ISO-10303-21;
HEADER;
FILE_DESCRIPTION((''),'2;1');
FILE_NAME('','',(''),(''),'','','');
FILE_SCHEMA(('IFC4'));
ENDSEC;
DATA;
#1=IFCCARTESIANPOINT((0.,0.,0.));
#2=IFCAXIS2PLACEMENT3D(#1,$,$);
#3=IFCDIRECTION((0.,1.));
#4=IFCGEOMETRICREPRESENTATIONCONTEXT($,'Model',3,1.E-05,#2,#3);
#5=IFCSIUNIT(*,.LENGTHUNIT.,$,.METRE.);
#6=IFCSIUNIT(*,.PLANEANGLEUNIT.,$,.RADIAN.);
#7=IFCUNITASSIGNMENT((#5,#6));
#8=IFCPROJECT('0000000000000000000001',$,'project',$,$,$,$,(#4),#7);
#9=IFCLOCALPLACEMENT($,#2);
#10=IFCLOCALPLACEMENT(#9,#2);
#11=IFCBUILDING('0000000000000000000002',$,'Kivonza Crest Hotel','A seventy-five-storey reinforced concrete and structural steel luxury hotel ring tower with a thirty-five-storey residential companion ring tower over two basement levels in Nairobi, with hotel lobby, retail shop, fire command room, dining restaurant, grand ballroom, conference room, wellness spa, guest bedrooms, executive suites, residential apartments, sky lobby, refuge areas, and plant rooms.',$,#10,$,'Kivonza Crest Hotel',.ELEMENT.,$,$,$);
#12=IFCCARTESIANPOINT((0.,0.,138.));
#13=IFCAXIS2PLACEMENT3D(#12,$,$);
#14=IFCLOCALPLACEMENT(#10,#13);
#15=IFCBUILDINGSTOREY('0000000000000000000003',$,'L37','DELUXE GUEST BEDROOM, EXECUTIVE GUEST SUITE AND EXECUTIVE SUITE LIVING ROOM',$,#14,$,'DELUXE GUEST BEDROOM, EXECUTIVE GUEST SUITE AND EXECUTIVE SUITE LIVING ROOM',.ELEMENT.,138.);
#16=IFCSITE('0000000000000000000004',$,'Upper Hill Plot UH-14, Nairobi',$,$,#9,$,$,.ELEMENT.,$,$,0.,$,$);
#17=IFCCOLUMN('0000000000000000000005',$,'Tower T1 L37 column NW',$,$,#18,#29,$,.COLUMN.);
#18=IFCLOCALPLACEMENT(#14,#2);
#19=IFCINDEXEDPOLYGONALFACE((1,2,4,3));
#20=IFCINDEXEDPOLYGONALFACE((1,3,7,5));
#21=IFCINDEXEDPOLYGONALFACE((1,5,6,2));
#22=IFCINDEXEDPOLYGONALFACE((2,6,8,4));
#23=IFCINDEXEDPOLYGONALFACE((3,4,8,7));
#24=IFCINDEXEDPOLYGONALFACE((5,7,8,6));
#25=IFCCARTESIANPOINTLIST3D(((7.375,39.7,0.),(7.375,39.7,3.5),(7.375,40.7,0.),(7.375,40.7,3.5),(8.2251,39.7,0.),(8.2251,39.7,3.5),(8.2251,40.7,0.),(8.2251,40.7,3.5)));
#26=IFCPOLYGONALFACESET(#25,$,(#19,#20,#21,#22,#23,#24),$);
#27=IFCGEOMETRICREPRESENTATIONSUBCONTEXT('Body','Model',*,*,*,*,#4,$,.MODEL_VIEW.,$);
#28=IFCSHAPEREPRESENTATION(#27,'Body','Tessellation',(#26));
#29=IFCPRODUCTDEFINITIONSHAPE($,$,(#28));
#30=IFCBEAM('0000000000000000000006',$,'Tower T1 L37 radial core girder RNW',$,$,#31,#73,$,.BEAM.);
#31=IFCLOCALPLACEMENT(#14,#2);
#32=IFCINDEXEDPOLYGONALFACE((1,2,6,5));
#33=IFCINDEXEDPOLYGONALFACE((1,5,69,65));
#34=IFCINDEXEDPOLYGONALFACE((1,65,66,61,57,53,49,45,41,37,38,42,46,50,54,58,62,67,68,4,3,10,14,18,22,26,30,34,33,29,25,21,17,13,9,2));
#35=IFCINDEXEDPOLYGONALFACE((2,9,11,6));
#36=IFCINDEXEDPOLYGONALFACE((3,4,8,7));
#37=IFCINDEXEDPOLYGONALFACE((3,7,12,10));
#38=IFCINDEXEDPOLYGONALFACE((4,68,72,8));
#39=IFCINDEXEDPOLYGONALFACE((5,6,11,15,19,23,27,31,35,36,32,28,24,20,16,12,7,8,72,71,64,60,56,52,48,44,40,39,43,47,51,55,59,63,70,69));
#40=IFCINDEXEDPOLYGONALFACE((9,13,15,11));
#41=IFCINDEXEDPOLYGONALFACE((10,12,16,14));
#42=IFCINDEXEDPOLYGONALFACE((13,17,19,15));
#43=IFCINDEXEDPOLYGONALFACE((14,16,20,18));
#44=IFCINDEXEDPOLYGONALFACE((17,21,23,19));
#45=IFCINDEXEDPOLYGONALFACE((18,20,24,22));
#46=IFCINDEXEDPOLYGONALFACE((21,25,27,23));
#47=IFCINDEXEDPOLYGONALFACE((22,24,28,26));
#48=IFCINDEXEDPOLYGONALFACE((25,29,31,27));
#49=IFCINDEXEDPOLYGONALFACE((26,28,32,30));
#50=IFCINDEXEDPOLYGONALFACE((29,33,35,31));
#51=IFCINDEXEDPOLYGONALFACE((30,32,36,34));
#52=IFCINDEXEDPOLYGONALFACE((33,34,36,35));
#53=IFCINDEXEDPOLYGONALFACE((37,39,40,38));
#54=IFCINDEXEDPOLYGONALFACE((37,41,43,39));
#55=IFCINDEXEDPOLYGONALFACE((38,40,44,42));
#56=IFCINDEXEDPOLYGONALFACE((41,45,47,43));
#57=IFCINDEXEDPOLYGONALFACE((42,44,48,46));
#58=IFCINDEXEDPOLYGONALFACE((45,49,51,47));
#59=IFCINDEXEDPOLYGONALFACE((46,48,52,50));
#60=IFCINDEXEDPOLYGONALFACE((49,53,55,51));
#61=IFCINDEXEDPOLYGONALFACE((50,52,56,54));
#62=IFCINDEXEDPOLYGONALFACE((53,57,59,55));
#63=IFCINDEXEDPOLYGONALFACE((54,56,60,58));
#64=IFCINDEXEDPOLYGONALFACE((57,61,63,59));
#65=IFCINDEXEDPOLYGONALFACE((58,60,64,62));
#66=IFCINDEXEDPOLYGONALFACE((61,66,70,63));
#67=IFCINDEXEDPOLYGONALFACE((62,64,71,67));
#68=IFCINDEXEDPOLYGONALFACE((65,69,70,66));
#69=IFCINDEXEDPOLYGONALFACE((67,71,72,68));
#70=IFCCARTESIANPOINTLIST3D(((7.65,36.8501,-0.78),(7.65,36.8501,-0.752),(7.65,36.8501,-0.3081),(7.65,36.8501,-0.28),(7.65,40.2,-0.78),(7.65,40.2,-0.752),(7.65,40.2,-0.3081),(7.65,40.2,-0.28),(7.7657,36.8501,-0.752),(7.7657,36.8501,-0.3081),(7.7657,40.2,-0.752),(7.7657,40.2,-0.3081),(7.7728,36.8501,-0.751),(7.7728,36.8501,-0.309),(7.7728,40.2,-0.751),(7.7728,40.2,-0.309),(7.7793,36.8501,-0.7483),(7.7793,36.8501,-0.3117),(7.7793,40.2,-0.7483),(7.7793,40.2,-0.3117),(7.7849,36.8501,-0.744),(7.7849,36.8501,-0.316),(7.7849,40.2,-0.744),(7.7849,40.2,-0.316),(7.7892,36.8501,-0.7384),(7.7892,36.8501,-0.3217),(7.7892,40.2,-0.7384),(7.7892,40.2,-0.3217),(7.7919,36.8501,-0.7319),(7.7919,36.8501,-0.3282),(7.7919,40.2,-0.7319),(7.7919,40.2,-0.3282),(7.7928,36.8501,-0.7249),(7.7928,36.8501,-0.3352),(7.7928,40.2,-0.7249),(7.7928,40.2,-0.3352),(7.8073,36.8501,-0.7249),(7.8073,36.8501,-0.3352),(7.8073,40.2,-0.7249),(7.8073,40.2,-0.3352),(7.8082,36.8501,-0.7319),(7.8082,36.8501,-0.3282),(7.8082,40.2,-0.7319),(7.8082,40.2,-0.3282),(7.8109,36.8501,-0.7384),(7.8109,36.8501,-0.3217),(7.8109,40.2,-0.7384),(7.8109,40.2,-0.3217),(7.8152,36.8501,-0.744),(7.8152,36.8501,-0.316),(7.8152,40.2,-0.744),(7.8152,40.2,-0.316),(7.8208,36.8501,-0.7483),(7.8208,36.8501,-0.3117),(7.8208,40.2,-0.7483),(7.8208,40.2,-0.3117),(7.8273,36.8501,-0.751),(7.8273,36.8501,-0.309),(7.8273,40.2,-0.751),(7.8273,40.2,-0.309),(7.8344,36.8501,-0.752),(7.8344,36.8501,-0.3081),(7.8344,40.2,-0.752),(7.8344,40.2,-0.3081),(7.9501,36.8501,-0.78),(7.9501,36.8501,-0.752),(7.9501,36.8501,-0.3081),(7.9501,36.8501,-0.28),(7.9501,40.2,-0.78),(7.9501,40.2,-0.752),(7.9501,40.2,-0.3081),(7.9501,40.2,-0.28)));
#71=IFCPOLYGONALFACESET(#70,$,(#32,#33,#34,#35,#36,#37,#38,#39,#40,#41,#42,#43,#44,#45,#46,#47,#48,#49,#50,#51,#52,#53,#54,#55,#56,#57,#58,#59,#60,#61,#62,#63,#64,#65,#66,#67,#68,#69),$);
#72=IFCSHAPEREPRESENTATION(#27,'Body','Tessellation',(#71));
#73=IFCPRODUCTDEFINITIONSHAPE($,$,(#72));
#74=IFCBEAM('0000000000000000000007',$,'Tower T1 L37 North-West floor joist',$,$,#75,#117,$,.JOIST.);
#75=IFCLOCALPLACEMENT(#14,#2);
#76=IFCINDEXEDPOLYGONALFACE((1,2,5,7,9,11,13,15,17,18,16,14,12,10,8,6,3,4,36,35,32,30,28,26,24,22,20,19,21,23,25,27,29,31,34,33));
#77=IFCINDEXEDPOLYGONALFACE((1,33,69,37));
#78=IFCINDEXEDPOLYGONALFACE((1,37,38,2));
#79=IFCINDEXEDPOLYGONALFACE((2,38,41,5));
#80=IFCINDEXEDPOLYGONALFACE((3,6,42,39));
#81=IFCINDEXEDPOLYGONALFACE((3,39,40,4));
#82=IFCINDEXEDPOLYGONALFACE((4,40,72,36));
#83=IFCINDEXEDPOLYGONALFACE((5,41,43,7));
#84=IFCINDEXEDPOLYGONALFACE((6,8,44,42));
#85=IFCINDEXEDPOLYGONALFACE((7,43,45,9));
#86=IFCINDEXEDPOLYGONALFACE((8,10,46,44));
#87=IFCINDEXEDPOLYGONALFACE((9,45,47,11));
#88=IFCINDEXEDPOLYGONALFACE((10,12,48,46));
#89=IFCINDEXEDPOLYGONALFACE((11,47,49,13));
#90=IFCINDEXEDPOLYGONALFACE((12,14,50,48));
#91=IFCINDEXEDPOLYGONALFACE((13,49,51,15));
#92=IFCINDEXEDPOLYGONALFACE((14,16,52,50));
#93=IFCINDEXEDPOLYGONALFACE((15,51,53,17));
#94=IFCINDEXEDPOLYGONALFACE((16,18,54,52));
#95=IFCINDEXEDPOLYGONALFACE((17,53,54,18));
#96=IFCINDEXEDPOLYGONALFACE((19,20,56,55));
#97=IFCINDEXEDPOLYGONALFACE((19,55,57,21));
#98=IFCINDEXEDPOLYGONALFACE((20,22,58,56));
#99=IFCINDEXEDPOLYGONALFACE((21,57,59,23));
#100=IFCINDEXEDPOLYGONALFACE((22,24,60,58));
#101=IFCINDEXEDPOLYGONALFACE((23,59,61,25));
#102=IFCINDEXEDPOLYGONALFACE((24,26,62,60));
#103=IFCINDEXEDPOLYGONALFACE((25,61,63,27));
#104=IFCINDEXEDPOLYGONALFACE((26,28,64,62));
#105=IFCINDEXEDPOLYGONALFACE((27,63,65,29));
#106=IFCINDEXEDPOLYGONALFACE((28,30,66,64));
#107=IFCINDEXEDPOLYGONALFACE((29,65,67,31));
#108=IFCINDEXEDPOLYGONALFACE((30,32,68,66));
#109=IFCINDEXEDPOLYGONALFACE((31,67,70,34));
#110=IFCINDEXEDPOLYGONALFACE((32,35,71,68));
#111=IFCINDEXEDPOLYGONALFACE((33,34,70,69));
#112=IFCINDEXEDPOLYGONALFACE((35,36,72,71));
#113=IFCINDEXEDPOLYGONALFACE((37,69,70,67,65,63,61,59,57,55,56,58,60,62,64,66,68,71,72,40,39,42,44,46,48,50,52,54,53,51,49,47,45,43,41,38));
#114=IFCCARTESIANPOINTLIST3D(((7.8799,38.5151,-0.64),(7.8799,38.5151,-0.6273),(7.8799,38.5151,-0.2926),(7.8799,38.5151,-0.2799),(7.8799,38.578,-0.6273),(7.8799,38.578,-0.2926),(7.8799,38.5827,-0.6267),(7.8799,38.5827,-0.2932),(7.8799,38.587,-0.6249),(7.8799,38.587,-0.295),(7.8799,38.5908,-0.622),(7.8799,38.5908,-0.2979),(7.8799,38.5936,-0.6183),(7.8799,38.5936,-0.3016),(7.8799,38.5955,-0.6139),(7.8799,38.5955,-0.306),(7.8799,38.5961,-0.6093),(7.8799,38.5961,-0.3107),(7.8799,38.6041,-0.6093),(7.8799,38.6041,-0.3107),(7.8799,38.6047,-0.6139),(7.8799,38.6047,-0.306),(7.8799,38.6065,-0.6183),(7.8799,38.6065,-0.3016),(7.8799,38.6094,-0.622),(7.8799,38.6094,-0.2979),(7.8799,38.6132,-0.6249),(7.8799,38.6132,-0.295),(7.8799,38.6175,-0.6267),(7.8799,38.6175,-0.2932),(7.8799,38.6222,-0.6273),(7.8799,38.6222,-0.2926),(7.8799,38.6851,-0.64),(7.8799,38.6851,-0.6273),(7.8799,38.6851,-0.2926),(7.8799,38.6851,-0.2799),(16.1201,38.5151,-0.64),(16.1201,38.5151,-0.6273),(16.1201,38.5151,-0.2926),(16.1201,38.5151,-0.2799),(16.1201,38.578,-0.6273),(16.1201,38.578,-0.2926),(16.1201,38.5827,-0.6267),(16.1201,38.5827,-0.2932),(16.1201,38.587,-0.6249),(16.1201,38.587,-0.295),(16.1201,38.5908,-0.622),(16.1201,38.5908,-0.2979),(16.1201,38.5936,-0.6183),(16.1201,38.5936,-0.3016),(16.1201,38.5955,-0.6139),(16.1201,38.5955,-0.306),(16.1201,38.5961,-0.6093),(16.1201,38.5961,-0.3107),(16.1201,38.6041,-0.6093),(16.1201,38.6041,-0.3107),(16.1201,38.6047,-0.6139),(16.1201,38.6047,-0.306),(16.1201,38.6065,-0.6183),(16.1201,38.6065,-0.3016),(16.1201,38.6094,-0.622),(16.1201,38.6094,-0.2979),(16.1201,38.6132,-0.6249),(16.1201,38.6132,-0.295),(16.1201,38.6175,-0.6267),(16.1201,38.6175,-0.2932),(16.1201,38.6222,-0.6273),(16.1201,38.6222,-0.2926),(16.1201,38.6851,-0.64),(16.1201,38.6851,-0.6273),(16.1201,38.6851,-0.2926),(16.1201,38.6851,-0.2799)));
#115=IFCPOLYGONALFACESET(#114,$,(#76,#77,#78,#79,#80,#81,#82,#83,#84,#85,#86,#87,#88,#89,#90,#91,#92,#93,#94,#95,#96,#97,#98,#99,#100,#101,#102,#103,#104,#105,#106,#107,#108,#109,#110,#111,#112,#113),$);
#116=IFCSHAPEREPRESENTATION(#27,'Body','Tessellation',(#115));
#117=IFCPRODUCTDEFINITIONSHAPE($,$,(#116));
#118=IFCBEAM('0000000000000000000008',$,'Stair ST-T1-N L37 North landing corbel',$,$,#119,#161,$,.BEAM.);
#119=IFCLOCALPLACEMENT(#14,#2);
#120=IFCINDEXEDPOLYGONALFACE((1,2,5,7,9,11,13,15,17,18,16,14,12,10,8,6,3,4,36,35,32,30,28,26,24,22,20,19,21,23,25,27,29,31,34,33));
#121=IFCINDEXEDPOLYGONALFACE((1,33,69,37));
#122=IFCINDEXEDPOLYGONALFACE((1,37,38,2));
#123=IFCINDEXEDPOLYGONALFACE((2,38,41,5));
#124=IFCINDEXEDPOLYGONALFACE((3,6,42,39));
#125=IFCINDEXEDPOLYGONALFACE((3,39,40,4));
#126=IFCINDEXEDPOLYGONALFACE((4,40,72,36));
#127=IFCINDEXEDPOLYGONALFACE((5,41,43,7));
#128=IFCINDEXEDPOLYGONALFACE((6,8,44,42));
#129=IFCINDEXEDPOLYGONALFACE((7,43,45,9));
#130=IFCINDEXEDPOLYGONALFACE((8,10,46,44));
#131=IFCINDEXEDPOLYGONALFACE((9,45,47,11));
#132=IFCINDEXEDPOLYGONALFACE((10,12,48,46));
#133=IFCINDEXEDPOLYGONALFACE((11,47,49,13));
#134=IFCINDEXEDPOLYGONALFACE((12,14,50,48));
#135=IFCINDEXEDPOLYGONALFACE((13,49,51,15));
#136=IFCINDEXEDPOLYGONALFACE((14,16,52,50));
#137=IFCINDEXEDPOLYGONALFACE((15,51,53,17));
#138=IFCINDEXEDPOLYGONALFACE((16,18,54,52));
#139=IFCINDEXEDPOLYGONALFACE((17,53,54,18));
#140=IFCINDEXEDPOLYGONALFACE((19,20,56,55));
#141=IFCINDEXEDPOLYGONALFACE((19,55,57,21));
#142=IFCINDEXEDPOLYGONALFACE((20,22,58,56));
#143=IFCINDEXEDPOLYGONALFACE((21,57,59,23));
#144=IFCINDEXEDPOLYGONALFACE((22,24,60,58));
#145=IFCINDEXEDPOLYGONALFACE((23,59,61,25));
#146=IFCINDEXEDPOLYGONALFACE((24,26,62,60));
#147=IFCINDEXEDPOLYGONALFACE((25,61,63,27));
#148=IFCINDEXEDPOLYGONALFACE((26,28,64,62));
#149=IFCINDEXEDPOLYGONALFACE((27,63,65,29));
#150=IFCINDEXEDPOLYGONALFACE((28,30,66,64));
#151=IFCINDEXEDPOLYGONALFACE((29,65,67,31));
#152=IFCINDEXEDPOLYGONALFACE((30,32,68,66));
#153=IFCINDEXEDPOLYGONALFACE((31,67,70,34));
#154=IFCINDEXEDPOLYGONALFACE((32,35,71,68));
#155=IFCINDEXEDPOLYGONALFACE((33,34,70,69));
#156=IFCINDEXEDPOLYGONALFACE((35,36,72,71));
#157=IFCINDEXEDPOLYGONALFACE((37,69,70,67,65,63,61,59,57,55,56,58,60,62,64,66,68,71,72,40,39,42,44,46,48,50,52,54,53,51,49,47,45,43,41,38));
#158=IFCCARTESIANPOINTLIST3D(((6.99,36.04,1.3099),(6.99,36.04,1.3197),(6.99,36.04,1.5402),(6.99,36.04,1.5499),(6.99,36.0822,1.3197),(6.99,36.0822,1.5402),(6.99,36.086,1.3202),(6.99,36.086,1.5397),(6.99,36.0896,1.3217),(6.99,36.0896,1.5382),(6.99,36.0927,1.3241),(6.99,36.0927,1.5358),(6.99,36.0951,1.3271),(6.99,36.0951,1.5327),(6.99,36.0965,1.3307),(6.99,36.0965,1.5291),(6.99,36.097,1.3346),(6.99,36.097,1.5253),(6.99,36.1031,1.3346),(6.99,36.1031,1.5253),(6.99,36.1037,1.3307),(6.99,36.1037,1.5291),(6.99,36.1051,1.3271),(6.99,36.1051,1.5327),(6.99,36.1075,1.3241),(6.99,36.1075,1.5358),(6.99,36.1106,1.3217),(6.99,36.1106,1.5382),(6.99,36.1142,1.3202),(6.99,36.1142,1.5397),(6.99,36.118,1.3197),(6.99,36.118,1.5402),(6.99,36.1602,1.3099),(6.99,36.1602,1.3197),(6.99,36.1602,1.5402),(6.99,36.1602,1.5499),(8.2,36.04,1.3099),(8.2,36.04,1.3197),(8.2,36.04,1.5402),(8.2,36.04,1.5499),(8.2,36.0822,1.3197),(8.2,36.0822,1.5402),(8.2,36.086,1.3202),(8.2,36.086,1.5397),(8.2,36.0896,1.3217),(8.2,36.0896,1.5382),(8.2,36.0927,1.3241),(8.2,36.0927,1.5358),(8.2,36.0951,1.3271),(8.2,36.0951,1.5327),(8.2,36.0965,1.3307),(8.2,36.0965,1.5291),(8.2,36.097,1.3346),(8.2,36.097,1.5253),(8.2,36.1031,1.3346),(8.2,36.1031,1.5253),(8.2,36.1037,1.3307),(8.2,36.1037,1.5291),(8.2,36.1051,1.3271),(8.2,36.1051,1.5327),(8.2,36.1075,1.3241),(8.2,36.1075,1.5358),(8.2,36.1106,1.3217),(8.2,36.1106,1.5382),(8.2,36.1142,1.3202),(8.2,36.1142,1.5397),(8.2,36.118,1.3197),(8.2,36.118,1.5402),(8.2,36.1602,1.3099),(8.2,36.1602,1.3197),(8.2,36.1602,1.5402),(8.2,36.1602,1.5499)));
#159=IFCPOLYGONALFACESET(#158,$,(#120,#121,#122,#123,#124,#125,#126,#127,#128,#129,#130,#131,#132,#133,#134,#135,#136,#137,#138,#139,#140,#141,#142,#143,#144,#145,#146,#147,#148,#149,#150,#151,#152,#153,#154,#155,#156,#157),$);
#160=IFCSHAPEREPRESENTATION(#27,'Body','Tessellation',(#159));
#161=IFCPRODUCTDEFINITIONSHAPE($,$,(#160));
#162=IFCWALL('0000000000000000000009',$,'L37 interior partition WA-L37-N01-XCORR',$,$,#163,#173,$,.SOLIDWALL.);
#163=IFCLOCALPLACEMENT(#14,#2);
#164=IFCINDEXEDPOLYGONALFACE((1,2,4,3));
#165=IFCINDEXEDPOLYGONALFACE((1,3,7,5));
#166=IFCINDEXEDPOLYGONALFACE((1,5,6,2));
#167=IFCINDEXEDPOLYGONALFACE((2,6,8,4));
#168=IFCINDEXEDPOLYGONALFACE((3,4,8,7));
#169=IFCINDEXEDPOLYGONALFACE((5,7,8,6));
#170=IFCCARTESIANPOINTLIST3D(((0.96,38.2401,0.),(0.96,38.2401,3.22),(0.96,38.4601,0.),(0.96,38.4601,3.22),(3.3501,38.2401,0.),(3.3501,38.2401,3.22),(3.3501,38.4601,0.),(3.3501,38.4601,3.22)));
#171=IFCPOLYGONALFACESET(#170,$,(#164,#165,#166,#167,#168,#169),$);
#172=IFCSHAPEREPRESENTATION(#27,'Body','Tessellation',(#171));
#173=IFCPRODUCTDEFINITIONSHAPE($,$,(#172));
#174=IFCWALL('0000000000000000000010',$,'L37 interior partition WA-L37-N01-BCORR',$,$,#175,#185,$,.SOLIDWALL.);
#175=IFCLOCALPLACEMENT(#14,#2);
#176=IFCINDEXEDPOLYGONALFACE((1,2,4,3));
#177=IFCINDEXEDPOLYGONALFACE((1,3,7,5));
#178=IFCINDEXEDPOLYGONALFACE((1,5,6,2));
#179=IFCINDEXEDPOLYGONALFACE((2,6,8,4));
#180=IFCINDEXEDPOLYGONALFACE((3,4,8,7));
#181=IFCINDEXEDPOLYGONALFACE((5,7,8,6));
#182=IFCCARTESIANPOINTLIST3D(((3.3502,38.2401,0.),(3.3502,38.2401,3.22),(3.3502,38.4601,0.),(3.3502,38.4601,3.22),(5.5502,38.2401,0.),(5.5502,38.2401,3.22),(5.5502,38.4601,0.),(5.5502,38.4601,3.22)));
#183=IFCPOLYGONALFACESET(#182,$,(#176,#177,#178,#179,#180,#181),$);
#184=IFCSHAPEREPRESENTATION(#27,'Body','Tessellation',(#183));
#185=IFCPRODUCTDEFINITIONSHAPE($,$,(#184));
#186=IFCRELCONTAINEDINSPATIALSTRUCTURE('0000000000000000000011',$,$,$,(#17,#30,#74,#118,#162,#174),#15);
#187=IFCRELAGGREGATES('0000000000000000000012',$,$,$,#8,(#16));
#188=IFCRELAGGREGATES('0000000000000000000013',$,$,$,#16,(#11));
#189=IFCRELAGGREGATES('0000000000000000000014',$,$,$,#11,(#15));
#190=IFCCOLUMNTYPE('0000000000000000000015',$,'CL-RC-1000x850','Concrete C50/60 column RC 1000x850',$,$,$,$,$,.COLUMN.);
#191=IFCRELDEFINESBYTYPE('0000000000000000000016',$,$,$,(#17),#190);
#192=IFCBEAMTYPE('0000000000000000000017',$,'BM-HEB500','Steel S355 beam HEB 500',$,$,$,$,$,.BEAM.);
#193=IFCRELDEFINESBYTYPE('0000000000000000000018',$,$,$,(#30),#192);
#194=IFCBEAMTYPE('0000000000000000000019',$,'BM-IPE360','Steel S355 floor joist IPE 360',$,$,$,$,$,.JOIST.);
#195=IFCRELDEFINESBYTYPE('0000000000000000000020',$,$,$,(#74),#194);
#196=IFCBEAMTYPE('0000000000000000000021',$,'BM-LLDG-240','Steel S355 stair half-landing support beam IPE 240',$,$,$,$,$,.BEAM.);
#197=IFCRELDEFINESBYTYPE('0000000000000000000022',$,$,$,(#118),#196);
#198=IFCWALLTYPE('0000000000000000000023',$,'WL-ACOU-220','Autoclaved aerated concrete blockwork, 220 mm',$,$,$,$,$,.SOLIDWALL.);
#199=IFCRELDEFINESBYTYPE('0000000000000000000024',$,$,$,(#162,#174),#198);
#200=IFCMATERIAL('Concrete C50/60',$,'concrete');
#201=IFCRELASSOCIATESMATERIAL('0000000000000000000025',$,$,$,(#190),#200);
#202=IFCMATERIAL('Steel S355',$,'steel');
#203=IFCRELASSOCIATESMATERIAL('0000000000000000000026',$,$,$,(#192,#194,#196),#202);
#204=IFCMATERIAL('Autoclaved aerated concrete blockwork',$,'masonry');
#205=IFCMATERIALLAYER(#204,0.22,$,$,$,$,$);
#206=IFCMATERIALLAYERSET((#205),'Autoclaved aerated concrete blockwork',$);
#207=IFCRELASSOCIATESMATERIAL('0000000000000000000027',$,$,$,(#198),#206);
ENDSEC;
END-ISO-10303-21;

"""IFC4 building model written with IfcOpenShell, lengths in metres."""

from ifc_helpers import new_model, si_unit, direction, frame, frame_2d, origin, origin_2d, place, context, subcontext, project, spatial, rectangle, i_section, extrude, material, layer, layer_set, material_profile, profile_set, type_object, element, save


model = new_model("IFC4")

# Units and contexts
model_context = context("Model", 3, precision=1e-05, world=origin(), true_north=direction((0.0, 1.0)))
body_context = subcontext(model_context, "Body", "Model", "MODEL_VIEW")
ifc_project = project(units=[si_unit("LENGTHUNIT", "METRE"), si_unit("PLANEANGLEUNIT", "RADIAN")], contexts=[model_context])

# Site, building, storey
site_placement = place(None, origin())
site = spatial("IfcSite", under=ifc_project, at=site_placement, Name="Upper Hill Plot UH-14, Nairobi", CompositionType="ELEMENT", RefElevation=0.0)
building_placement = place(site_placement, origin())
building = spatial("IfcBuilding", under=site, at=building_placement, Name="Kivonza Crest Hotel", Description="A seventy-five-storey reinforced concrete and structural steel luxury hotel ring tower with a thirty-five-storey residential companion ring tower over two basement levels in Nairobi, with hotel lobby, retail shop, fire command room, dining restaurant, grand ballroom, conference room, wellness spa, guest bedrooms, executive suites, residential apartments, sky lobby, refuge areas, and plant rooms.", LongName="Kivonza Crest Hotel", CompositionType="ELEMENT")
storey_placement = place(building_placement, frame((0.0, 0.0, 138.0)))
storey = spatial("IfcBuildingStorey", under=building, at=storey_placement, Name="L37", Description="DELUXE GUEST BEDROOM, EXECUTIVE GUEST SUITE AND EXECUTIVE SUITE LIVING ROOM", LongName="DELUXE GUEST BEDROOM, EXECUTIVE GUEST SUITE AND EXECUTIVE SUITE LIVING ROOM", CompositionType="ELEMENT", Elevation=138.0)

# Column
ifc_material_1 = material(Name="Concrete C50/60", Category="concrete")
ifc_material_profile_1 = material_profile(ifc_material_1, rectangle(XDim=0.8501, YDim=1.0, at=origin_2d()), Name="RC 1000x850")
ifc_profile_set_1 = profile_set([ifc_material_profile_1], Name="Concrete C50/60")
column_type = type_object("IfcColumnType", Name="CL-RC-1000x850", Description="Concrete C50/60 column RC 1000x850", PredefinedType="COLUMN", material=ifc_profile_set_1)
column_placement = place(storey_placement, frame((7.8, 40.2, 0.0), z_axis=(0.0, 0.0, 1.0), x_axis=(1.0, 0.0, 0.0)))
element("IfcColumn", 1, at=column_placement, inside=storey, type_object=column_type, Name="Tower T1 L37 column NW", PredefinedType="COLUMN", context=body_context, shape_type="SweptSolid", body=[
    extrude(rectangle(XDim=0.8501, YDim=1.0, at=origin_2d()), origin(), (0.0, 0.0, 1.0), 3.5),
])

# Beams
ifc_material_2 = material(Name="Steel S355", Category="steel")
ifc_material_profile_2 = material_profile(ifc_material_2, i_section(OverallWidth=0.3, OverallDepth=0.5, WebThickness=0.0144, FlangeThickness=0.0281, FilletRadius=0.0271, at=origin_2d()), Name="HEB 500")
ifc_profile_set_2 = profile_set([ifc_material_profile_2], Name="Steel S355")
beam_type_1 = type_object("IfcBeamType", Name="BM-HEB500", Description="Steel S355 beam HEB 500", PredefinedType="BEAM", material=ifc_profile_set_2)
beam_1_placement = place(storey_placement, frame((7.8, 40.2, -0.53), z_axis=(0.0, -1.0, 0.0), x_axis=(1.0, 0.0, 0.0)))
element("IfcBeam", 2, at=beam_1_placement, inside=storey, type_object=beam_type_1, Name="Tower T1 L37 radial core girder RNW", PredefinedType="BEAM", context=body_context, shape_type="SweptSolid", body=[
    extrude(i_section(OverallWidth=0.3, OverallDepth=0.5, WebThickness=0.0144, FlangeThickness=0.0281, FilletRadius=0.0271, at=origin_2d()), origin(), (0.0, 0.0, 1.0), 3.3499),
])
ifc_material_profile_3 = material_profile(ifc_material_2, i_section(OverallWidth=0.1699, OverallDepth=0.3601, WebThickness=0.0081, FlangeThickness=0.0127, FilletRadius=0.0181, at=origin_2d()), Name="IPE 360")
ifc_profile_set_3 = profile_set([ifc_material_profile_3], Name="Steel S355")
beam_type_2 = type_object("IfcBeamType", Name="BM-IPE360", Description="Steel S355 floor joist IPE 360", PredefinedType="JOIST", material=ifc_profile_set_3)
beam_2_placement = place(storey_placement, frame((7.8799, 38.6001, -0.46), z_axis=(1.0, 0.0, 0.0), x_axis=(0.0, 1.0, 0.0)))
element("IfcBeam", 3, at=beam_2_placement, inside=storey, type_object=beam_type_2, Name="Tower T1 L37 North-West floor joist", PredefinedType="JOIST", context=body_context, shape_type="SweptSolid", body=[
    extrude(i_section(OverallWidth=0.1699, OverallDepth=0.3601, WebThickness=0.0081, FlangeThickness=0.0127, FilletRadius=0.0181, at=origin_2d()), origin(), (0.0, 0.0, 1.0), 8.2402),
])
ifc_material_profile_4 = material_profile(ifc_material_2, i_section(OverallWidth=0.1201, OverallDepth=0.24, WebThickness=0.0061, FlangeThickness=0.0098, FilletRadius=0.0149, at=origin_2d()), Name="IPE 240")
ifc_profile_set_4 = profile_set([ifc_material_profile_4], Name="Steel S355")
beam_type_3 = type_object("IfcBeamType", Name="BM-LLDG-240", Description="Steel S355 stair half-landing support beam IPE 240", PredefinedType="BEAM", material=ifc_profile_set_4)
beam_3_placement = place(storey_placement, frame((6.99, 36.1001, 1.4299), z_axis=(1.0, 0.0, 0.0), x_axis=(0.0, 1.0, 0.0)))
element("IfcBeam", 4, at=beam_3_placement, inside=storey, type_object=beam_type_3, Name="Stair ST-T1-N L37 North landing corbel", PredefinedType="BEAM", context=body_context, shape_type="SweptSolid", body=[
    extrude(i_section(OverallWidth=0.1201, OverallDepth=0.24, WebThickness=0.0061, FlangeThickness=0.0098, FilletRadius=0.0149, at=origin_2d()), origin(), (0.0, 0.0, 1.0), 1.21),
])

# Walls
ifc_material_3 = material(Name="Autoclaved aerated concrete blockwork", Category="masonry")
ifc_layer_1 = layer(ifc_material_3, 0.22)
ifc_layer_set_1 = layer_set([ifc_layer_1], Name="Autoclaved aerated concrete blockwork")
wall_type_1 = type_object("IfcWallType", Name="WL-ACOU-220", Description="Autoclaved aerated concrete blockwork, 220 mm", PredefinedType="SOLIDWALL", material=ifc_layer_set_1)
wall_1_placement = place(storey_placement, frame((0.96, 38.3501, 0.0), z_axis=(0.0, 0.0, 1.0), x_axis=(1.0, 0.0, 0.0)))
element("IfcWall", 5, at=wall_1_placement, inside=storey, type_object=wall_type_1, Name="L37 interior partition WA-L37-N01-XCORR", PredefinedType="SOLIDWALL", context=body_context, shape_type="SweptSolid", body=[
    extrude(rectangle(XDim=2.3901, YDim=0.22, at=frame_2d((1.1951, 0.0))), origin(), (0.0, 0.0, 1.0), 3.22),
])
wall_2_placement = place(storey_placement, frame((3.3501, 38.3501, 0.0), z_axis=(0.0, 0.0, 1.0), x_axis=(1.0, 0.0, 0.0)))
element("IfcWall", 6, at=wall_2_placement, inside=storey, type_object=wall_type_1, Name="L37 interior partition WA-L37-N01-BCORR", PredefinedType="SOLIDWALL", context=body_context, shape_type="SweptSolid", body=[
    extrude(rectangle(XDim=2.2, YDim=0.22, at=frame_2d((1.1001, 0.0))), origin(), (0.0, 0.0, 1.0), 3.22),
])

save(model, "model.ifc")
